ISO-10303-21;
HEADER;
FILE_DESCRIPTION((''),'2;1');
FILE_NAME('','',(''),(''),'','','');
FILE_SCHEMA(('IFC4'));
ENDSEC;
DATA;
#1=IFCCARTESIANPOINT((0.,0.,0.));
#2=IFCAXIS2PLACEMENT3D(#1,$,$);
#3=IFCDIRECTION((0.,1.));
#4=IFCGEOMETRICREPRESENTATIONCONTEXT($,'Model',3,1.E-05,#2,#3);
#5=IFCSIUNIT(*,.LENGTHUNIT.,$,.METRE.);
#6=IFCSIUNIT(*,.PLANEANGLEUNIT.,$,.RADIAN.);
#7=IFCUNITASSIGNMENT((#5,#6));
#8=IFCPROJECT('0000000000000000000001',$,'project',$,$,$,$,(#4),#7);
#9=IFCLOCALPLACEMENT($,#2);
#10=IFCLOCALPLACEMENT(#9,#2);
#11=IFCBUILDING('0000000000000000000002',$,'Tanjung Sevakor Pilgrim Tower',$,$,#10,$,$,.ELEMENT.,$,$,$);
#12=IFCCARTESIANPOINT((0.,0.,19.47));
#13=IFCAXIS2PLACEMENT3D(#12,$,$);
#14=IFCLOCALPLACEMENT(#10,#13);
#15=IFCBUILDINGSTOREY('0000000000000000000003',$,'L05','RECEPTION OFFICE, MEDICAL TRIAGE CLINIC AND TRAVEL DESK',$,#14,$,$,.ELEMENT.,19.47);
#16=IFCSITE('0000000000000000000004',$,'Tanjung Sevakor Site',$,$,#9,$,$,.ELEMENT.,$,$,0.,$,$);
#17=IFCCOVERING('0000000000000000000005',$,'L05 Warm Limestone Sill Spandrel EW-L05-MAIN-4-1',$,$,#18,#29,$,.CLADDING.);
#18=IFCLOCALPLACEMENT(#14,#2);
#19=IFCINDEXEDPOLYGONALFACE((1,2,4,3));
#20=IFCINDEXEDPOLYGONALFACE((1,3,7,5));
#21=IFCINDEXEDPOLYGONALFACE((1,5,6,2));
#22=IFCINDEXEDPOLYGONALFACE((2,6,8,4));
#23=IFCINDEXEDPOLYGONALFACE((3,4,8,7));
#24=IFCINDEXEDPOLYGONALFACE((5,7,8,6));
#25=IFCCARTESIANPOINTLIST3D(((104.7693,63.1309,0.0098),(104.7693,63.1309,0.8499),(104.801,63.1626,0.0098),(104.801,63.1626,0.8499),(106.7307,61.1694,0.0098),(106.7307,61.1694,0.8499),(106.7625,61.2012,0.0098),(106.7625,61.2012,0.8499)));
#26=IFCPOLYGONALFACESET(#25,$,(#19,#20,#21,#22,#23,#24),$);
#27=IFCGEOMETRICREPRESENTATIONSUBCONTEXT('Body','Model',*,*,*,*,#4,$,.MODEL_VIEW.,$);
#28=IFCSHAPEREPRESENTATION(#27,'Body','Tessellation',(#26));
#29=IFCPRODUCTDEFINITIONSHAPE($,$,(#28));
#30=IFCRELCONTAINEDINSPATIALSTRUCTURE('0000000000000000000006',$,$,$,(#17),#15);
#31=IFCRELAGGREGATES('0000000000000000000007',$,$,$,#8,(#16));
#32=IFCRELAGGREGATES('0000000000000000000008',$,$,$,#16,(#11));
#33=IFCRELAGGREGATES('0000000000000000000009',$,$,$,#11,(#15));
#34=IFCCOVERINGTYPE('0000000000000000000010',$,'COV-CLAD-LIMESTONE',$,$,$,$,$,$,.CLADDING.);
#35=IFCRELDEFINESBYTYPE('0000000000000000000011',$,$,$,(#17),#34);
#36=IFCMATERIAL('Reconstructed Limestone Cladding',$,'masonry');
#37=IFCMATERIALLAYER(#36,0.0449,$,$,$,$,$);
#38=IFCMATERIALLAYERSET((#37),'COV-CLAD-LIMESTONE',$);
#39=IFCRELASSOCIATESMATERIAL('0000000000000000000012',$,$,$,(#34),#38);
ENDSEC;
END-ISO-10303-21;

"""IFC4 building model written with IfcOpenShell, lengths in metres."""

from ifc_helpers import new_model, si_unit, direction, frame, origin, origin_2d, place, context, subcontext, project, spatial, rectangle, extrude, material, layer, layer_set, type_object, element, save


model = new_model("IFC4")

# Units and contexts
model_context = context("Model", 3, precision=1e-05, world=origin(), true_north=direction((0.0, 1.0)))
body_context = subcontext(model_context, "Body", "Model", "MODEL_VIEW")
ifc_project = project(units=[si_unit("LENGTHUNIT", "METRE"), si_unit("PLANEANGLEUNIT", "RADIAN")], contexts=[model_context])

# Site, building, storey
site_placement = place(None, origin())
site = spatial("IfcSite", under=ifc_project, at=site_placement, Name="Tanjung Sevakor Site", CompositionType="ELEMENT", RefElevation=0.0)
building_placement = place(site_placement, origin())
building = spatial("IfcBuilding", under=site, at=building_placement, Name="Tanjung Sevakor Pilgrim Tower", CompositionType="ELEMENT")
storey_placement = place(building_placement, frame((0.0, 0.0, 19.47)))
storey = spatial("IfcBuildingStorey", under=building, at=storey_placement, Name="L05", Description="RECEPTION OFFICE, MEDICAL TRIAGE CLINIC AND TRAVEL DESK", CompositionType="ELEMENT", Elevation=19.47)

# Covering
ifc_material_1 = material(Name="Reconstructed Limestone Cladding", Category="masonry")
ifc_layer_1 = layer(ifc_material_1, 0.0449)
ifc_layer_set_1 = layer_set([ifc_layer_1], Name="COV-CLAD-LIMESTONE")
covering_type = type_object("IfcCoveringType", Name="COV-CLAD-LIMESTONE", PredefinedType="CLADDING", material=ifc_layer_set_1)
covering_1_placement = place(storey_placement, frame((105.7659, 62.166, 0.0098), z_axis=(0.0, 0.0, 1.0), x_axis=(-0.707107, 0.707107, 0.0)))
element("IfcCovering", 1, at=covering_1_placement, inside=storey, type_object=covering_type, Name="L05 Warm Limestone Sill Spandrel EW-L05-MAIN-4-1", PredefinedType="CLADDING", context=body_context, shape_type="SweptSolid", body=[
    extrude(rectangle(XDim=2.7739, YDim=0.0449, at=origin_2d()), origin(), (0.0, 0.0, 1.0), 0.8401),
])

save(model, "model.ifc")
